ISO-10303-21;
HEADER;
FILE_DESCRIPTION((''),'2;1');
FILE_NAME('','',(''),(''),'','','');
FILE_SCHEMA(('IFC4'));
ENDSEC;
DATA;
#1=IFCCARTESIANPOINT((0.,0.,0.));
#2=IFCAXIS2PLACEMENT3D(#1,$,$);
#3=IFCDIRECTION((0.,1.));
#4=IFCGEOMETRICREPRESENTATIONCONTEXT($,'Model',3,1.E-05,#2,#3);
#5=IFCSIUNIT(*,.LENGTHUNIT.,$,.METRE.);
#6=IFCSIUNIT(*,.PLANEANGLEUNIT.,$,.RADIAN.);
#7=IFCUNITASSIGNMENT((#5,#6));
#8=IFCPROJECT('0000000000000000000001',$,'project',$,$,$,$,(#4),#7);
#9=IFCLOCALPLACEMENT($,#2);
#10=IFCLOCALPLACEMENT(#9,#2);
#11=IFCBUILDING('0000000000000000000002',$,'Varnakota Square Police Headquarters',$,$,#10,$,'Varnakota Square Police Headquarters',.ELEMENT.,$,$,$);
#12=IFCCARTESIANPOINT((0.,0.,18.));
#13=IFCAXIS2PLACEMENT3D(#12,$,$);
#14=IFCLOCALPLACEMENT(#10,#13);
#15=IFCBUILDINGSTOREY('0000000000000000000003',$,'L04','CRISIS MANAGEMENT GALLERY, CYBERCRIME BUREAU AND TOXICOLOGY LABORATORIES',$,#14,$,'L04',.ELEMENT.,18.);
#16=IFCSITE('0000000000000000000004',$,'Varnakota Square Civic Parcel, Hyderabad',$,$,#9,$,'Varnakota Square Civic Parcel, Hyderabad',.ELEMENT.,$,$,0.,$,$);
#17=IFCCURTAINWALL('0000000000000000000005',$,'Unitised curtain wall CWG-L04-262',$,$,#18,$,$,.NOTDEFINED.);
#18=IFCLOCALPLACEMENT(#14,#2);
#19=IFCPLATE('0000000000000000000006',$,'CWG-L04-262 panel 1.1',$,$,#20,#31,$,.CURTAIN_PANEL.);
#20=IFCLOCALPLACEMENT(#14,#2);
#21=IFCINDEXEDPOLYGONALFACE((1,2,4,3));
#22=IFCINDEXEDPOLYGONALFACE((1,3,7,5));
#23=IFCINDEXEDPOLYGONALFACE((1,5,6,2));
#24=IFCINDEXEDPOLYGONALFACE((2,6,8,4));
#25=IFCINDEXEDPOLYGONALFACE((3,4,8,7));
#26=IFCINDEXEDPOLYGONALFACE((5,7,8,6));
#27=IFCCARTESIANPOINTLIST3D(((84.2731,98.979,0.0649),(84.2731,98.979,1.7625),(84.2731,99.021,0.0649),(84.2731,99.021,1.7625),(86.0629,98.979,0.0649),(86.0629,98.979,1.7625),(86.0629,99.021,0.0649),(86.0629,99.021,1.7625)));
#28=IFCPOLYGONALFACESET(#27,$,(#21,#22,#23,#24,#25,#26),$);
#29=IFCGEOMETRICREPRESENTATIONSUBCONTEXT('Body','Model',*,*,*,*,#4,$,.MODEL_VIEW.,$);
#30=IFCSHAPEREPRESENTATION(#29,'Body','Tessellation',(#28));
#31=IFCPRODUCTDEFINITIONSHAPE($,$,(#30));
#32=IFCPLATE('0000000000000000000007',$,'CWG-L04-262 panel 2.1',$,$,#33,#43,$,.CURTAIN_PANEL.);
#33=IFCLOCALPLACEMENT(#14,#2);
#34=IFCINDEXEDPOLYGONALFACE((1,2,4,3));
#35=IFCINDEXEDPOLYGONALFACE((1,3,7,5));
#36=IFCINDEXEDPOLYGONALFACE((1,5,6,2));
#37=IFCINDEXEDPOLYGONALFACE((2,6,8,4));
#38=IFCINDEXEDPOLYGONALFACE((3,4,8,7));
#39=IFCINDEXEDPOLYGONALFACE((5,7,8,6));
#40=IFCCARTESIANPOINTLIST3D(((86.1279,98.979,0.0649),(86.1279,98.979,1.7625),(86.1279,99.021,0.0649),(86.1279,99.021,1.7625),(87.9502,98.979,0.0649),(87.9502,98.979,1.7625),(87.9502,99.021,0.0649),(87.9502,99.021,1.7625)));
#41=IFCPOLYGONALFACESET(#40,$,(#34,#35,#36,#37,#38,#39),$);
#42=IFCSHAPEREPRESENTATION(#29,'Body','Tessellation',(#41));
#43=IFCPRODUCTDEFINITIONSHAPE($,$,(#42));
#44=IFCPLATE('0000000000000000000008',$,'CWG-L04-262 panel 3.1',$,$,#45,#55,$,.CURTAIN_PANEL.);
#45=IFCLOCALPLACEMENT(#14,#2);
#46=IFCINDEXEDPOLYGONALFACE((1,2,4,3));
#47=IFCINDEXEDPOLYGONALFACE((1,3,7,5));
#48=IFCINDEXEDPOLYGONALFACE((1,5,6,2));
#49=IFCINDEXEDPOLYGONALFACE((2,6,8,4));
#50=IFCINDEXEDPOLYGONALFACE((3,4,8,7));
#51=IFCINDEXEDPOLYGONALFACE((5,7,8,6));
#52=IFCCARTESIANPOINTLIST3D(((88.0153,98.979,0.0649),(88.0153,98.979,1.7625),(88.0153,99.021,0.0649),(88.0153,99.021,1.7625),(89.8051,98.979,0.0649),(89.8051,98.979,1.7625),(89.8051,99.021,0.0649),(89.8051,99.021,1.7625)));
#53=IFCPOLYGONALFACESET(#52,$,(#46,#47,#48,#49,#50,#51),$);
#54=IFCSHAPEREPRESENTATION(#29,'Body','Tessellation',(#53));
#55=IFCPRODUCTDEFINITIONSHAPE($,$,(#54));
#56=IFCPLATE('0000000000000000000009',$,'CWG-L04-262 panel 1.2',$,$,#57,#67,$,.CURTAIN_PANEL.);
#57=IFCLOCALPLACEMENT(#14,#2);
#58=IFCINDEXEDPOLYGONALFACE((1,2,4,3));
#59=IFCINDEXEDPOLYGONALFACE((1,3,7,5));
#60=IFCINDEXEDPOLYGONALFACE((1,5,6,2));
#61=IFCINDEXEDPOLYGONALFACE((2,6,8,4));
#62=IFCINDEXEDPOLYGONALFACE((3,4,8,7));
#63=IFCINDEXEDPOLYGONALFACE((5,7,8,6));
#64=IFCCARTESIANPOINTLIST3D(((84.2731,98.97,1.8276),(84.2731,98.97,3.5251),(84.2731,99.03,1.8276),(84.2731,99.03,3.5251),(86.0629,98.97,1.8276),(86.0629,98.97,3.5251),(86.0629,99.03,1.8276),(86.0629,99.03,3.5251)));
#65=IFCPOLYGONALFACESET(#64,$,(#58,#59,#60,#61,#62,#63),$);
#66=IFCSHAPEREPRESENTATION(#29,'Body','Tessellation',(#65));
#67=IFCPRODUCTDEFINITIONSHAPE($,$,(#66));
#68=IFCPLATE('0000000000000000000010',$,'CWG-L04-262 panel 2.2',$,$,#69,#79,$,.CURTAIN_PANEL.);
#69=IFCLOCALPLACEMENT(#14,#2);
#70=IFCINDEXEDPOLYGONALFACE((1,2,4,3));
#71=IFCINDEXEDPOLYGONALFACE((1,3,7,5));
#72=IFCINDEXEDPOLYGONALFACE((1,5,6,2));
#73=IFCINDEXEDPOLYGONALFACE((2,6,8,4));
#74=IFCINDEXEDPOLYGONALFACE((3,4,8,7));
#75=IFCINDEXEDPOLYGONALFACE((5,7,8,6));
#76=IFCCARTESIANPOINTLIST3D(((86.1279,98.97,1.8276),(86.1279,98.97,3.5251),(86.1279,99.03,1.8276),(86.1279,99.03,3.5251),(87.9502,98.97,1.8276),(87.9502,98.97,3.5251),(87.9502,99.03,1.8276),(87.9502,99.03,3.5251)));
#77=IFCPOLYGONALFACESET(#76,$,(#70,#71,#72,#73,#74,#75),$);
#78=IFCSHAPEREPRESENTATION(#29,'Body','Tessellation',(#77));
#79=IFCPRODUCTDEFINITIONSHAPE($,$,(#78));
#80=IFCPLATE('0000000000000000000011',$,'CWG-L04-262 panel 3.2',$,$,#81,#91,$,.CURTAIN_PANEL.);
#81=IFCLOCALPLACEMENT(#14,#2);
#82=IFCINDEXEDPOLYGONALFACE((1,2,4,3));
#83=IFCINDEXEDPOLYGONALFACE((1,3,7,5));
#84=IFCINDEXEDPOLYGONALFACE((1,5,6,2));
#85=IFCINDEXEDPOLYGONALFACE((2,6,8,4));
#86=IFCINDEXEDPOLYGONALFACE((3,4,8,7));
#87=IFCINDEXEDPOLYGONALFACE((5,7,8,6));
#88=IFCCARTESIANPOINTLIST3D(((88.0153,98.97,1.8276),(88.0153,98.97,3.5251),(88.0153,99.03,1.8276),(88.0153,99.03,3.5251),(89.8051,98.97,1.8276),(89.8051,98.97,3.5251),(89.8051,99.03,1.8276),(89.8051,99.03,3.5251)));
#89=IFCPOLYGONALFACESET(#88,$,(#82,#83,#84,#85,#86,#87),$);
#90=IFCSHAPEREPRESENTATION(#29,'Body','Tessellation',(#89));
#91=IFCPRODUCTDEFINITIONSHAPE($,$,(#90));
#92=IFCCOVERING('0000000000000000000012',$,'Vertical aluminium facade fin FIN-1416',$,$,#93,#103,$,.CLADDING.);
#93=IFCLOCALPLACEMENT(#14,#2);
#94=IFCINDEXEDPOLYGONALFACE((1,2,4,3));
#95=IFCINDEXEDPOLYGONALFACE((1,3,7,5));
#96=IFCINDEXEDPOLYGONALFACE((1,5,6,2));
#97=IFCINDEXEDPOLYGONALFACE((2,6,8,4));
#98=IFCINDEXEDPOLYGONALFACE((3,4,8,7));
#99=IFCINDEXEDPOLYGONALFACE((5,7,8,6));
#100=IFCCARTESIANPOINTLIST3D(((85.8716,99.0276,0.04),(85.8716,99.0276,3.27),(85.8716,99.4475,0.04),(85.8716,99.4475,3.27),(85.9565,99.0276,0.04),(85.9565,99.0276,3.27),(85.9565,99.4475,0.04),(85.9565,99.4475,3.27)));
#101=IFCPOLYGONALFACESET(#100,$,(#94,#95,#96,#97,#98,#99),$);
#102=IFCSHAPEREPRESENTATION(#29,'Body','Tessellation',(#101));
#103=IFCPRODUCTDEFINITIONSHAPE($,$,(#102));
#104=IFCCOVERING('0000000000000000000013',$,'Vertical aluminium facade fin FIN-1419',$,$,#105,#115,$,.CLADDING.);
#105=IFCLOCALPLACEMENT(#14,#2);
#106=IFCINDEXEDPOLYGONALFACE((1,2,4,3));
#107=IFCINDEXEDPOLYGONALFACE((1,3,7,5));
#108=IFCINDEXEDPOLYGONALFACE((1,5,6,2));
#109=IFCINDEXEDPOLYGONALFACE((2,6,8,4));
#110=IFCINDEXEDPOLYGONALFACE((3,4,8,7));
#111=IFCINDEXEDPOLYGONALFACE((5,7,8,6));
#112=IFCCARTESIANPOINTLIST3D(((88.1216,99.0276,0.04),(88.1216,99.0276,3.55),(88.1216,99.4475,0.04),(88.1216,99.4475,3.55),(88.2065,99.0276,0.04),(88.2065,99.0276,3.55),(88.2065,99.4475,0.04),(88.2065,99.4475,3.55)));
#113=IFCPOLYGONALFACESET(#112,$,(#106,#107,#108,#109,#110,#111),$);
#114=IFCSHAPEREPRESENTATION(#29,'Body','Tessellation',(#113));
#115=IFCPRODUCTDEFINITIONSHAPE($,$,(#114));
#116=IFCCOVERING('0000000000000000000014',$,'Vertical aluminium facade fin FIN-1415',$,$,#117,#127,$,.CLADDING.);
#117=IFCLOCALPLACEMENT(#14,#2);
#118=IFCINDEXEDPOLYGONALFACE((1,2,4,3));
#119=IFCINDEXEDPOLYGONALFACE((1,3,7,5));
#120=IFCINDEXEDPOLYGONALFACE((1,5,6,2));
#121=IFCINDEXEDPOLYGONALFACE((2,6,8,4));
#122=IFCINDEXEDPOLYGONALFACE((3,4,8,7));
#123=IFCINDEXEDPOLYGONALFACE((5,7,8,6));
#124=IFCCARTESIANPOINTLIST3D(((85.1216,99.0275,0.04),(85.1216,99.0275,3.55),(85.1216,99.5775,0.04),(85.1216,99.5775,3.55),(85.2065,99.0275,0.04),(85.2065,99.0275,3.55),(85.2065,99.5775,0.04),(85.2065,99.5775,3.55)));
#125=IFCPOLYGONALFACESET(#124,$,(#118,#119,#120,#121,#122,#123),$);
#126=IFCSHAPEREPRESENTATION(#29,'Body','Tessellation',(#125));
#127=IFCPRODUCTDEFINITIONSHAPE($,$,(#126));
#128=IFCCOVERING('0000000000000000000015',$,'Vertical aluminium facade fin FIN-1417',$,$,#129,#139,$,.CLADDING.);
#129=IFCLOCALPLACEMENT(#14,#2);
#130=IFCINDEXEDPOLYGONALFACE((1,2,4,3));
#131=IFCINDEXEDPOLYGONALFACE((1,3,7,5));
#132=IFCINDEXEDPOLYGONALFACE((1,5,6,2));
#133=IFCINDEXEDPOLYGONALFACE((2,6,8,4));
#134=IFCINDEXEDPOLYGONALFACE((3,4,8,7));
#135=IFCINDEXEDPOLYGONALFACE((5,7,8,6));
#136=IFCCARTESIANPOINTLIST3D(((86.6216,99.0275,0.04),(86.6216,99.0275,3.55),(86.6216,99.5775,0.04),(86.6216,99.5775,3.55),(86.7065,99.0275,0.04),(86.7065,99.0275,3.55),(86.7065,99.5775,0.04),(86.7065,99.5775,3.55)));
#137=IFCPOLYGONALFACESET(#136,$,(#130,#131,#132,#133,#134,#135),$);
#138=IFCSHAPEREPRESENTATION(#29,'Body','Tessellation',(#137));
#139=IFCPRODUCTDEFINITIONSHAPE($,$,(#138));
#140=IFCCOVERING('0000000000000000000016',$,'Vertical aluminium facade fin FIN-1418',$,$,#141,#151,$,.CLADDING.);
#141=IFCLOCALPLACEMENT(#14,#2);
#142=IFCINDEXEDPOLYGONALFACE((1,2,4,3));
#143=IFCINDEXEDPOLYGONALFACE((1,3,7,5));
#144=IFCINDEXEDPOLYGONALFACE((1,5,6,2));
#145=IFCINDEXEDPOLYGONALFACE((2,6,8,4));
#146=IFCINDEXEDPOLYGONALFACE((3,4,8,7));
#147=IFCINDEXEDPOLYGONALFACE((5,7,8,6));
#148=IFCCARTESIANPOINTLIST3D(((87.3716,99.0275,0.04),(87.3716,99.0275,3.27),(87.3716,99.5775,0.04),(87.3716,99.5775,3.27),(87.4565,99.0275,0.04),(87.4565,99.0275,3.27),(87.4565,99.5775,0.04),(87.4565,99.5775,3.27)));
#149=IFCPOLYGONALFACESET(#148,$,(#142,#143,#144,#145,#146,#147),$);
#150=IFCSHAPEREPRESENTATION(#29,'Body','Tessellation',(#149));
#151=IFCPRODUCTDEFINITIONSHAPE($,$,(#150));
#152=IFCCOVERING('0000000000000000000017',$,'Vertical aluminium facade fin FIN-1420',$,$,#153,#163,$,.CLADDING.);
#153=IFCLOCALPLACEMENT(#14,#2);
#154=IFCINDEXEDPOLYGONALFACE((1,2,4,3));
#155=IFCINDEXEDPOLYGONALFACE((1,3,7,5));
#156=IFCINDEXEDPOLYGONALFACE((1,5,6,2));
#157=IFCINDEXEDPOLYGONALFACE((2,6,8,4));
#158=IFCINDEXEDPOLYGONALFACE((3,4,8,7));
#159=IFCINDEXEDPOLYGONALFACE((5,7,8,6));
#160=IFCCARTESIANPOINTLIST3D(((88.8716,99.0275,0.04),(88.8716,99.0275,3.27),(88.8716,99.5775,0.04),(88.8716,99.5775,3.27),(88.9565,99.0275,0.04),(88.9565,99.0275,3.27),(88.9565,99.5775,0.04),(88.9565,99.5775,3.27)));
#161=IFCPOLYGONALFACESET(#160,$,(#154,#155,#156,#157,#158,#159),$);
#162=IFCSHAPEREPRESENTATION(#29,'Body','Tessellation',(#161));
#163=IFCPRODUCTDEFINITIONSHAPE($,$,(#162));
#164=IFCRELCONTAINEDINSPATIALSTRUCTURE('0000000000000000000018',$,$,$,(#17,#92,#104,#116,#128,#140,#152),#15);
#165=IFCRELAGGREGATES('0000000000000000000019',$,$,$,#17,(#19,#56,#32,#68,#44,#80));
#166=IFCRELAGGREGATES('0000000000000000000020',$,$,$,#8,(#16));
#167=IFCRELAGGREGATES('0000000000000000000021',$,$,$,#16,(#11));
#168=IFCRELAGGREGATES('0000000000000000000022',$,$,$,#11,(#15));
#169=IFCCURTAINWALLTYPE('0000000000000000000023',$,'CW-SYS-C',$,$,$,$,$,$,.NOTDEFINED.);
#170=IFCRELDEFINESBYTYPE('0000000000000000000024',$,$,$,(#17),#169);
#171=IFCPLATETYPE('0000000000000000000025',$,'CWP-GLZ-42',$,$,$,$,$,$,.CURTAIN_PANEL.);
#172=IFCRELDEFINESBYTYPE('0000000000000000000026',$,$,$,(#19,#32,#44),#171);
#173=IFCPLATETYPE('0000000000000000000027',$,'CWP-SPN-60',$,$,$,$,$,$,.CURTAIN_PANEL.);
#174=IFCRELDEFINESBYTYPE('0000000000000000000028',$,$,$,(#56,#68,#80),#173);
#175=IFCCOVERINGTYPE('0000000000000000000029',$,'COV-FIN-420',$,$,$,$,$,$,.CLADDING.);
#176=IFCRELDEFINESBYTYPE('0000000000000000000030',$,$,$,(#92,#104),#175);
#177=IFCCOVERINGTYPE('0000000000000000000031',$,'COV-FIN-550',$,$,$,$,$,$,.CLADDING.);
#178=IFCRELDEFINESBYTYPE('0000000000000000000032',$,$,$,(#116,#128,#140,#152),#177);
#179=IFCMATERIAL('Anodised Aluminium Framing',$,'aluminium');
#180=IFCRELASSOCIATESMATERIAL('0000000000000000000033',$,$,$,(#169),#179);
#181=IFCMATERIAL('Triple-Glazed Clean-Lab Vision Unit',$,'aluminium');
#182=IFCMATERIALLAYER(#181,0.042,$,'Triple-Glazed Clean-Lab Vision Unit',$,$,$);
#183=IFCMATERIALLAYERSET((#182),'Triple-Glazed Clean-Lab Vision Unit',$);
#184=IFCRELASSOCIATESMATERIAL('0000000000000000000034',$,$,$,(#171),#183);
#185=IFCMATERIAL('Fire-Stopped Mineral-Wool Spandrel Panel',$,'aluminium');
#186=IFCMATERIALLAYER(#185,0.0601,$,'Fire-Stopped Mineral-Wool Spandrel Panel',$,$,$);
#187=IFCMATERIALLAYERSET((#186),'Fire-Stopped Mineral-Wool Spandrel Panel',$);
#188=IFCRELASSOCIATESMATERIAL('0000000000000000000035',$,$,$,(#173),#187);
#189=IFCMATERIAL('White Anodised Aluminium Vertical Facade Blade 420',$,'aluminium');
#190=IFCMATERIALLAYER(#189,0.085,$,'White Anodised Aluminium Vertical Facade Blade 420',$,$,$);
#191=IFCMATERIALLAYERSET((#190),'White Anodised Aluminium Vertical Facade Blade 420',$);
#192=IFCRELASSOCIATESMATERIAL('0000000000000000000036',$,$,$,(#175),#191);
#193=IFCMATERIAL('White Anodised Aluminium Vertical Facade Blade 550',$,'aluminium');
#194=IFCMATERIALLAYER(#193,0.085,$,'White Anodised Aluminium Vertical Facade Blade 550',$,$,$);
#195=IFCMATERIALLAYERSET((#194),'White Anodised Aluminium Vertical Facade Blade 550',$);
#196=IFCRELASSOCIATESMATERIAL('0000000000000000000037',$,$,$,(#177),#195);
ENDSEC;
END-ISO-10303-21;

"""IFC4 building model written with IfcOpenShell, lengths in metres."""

from ifc_helpers import new_model, si_unit, direction, frame, origin, origin_2d, place, context, subcontext, project, spatial, rectangle, extrude, material, layer, layer_set, type_object, element, aggregate, save


model = new_model("IFC4")

# Units and contexts
model_context = context("Model", 3, precision=1e-05, world=origin(), true_north=direction((0.0, 1.0)))
body_context = subcontext(model_context, "Body", "Model", "MODEL_VIEW")
ifc_project = project(units=[si_unit("LENGTHUNIT", "METRE"), si_unit("PLANEANGLEUNIT", "RADIAN")], contexts=[model_context])

# Site, building, storey
site_placement = place(None, origin())
site = spatial("IfcSite", under=ifc_project, at=site_placement, Name="Varnakota Square Civic Parcel, Hyderabad", LongName="Varnakota Square Civic Parcel, Hyderabad", CompositionType="ELEMENT", RefElevation=0.0)
building_placement = place(site_placement, origin())
building = spatial("IfcBuilding", under=site, at=building_placement, Name="Varnakota Square Police Headquarters", LongName="Varnakota Square Police Headquarters", CompositionType="ELEMENT")
storey_placement = place(building_placement, frame((0.0, 0.0, 18.0)))
storey = spatial("IfcBuildingStorey", under=building, at=storey_placement, Name="L04", Description="CRISIS MANAGEMENT GALLERY, CYBERCRIME BUREAU AND TOXICOLOGY LABORATORIES", LongName="L04", CompositionType="ELEMENT", Elevation=18.0)

# Curtain wall, plates
ifc_material_1 = material(Name="Anodised Aluminium Framing", Category="aluminium")
curtain_wall_type = type_object("IfcCurtainWallType", Name="CW-SYS-C", PredefinedType="NOTDEFINED", material=ifc_material_1)
curtain_wall_placement = place(storey_placement, origin())
curtain_wall = element("IfcCurtainWall", 1, at=curtain_wall_placement, inside=storey, type_object=curtain_wall_type, Name="Unitised curtain wall CWG-L04-262", PredefinedType="NOTDEFINED")
ifc_material_2 = material(Name="Triple-Glazed Clean-Lab Vision Unit", Category="aluminium")
ifc_layer_1 = layer(ifc_material_2, 0.042, Name="Triple-Glazed Clean-Lab Vision Unit")
ifc_layer_set_1 = layer_set([ifc_layer_1], Name="Triple-Glazed Clean-Lab Vision Unit")
plate_type_1 = type_object("IfcPlateType", Name="CWP-GLZ-42", PredefinedType="CURTAIN_PANEL", material=ifc_layer_set_1)
plate_1_placement = place(storey_placement, frame((85.168, 99.0, 0.0649), z_axis=(0.0, 0.0, 1.0), x_axis=(1.0, 0.0, 0.0)))
plate_1 = element("IfcPlate", 2, at=plate_1_placement, type_object=plate_type_1, Name="CWG-L04-262 panel 1.1", PredefinedType="CURTAIN_PANEL", context=body_context, shape_type="SweptSolid", body=[
    extrude(rectangle(XDim=1.7898, YDim=0.042, at=origin_2d()), origin(), (0.0, 0.0, 1.0), 1.6975),
])
plate_2_placement = place(storey_placement, frame((87.0391, 99.0, 0.0649), z_axis=(0.0, 0.0, 1.0), x_axis=(1.0, 0.0, 0.0)))
plate_2 = element("IfcPlate", 3, at=plate_2_placement, type_object=plate_type_1, Name="CWG-L04-262 panel 2.1", PredefinedType="CURTAIN_PANEL", context=body_context, shape_type="SweptSolid", body=[
    extrude(rectangle(XDim=1.8223, YDim=0.042, at=origin_2d()), origin(), (0.0, 0.0, 1.0), 1.6975),
])
plate_3_placement = place(storey_placement, frame((88.9102, 99.0, 0.0649), z_axis=(0.0, 0.0, 1.0), x_axis=(1.0, 0.0, 0.0)))
plate_3 = element("IfcPlate", 4, at=plate_3_placement, type_object=plate_type_1, Name="CWG-L04-262 panel 3.1", PredefinedType="CURTAIN_PANEL", context=body_context, shape_type="SweptSolid", body=[
    extrude(rectangle(XDim=1.7898, YDim=0.042, at=origin_2d()), origin(), (0.0, 0.0, 1.0), 1.6975),
])
ifc_material_3 = material(Name="Fire-Stopped Mineral-Wool Spandrel Panel", Category="aluminium")
ifc_layer_2 = layer(ifc_material_3, 0.0601, Name="Fire-Stopped Mineral-Wool Spandrel Panel")
ifc_layer_set_2 = layer_set([ifc_layer_2], Name="Fire-Stopped Mineral-Wool Spandrel Panel")
plate_type_2 = type_object("IfcPlateType", Name="CWP-SPN-60", PredefinedType="CURTAIN_PANEL", material=ifc_layer_set_2)
plate_4_placement = place(storey_placement, frame((85.168, 99.0, 1.8276), z_axis=(0.0, 0.0, 1.0), x_axis=(1.0, 0.0, 0.0)))
plate_4 = element("IfcPlate", 5, at=plate_4_placement, type_object=plate_type_2, Name="CWG-L04-262 panel 1.2", PredefinedType="CURTAIN_PANEL", context=body_context, shape_type="SweptSolid", body=[
    extrude(rectangle(XDim=1.7898, YDim=0.0601, at=origin_2d()), origin(), (0.0, 0.0, 1.0), 1.6975),
])
plate_5_placement = place(storey_placement, frame((87.0391, 99.0, 1.8276), z_axis=(0.0, 0.0, 1.0), x_axis=(1.0, 0.0, 0.0)))
plate_5 = element("IfcPlate", 6, at=plate_5_placement, type_object=plate_type_2, Name="CWG-L04-262 panel 2.2", PredefinedType="CURTAIN_PANEL", context=body_context, shape_type="SweptSolid", body=[
    extrude(rectangle(XDim=1.8223, YDim=0.0601, at=origin_2d()), origin(), (0.0, 0.0, 1.0), 1.6975),
])
plate_6_placement = place(storey_placement, frame((88.9102, 99.0, 1.8276), z_axis=(0.0, 0.0, 1.0), x_axis=(1.0, 0.0, 0.0)))
plate_6 = element("IfcPlate", 7, at=plate_6_placement, type_object=plate_type_2, Name="CWG-L04-262 panel 3.2", PredefinedType="CURTAIN_PANEL", context=body_context, shape_type="SweptSolid", body=[
    extrude(rectangle(XDim=1.7898, YDim=0.0601, at=origin_2d()), origin(), (0.0, 0.0, 1.0), 1.6975),
])
aggregate(curtain_wall, [plate_1, plate_4, plate_2, plate_5, plate_3, plate_6])

# Coverings
ifc_material_4 = material(Name="White Anodised Aluminium Vertical Facade Blade 420", Category="aluminium")
ifc_layer_3 = layer(ifc_material_4, 0.085, Name="White Anodised Aluminium Vertical Facade Blade 420")
ifc_layer_set_3 = layer_set([ifc_layer_3], Name="White Anodised Aluminium Vertical Facade Blade 420")
covering_type_1 = type_object("IfcCoveringType", Name="COV-FIN-420", PredefinedType="CLADDING", material=ifc_layer_set_3)
covering_1_placement = place(storey_placement, frame((85.9141, 99.2375, 0.04), z_axis=(0.0, 0.0, 1.0), x_axis=(1.0, 0.0, 0.0)))
element("IfcCovering", 8, at=covering_1_placement, inside=storey, type_object=covering_type_1, Name="Vertical aluminium facade fin FIN-1416", PredefinedType="CLADDING", context=body_context, shape_type="SweptSolid", body=[
    extrude(rectangle(XDim=0.085, YDim=0.4199, at=origin_2d()), origin(), (0.0, 0.0, 1.0), 3.23),
])
covering_2_placement = place(storey_placement, frame((88.1641, 99.2375, 0.04), z_axis=(0.0, 0.0, 1.0), x_axis=(1.0, 0.0, 0.0)))
element("IfcCovering", 9, at=covering_2_placement, inside=storey, type_object=covering_type_1, Name="Vertical aluminium facade fin FIN-1419", PredefinedType="CLADDING", context=body_context, shape_type="SweptSolid", body=[
    extrude(rectangle(XDim=0.085, YDim=0.4199, at=origin_2d()), origin(), (0.0, 0.0, 1.0), 3.51),
])
ifc_material_5 = material(Name="White Anodised Aluminium Vertical Facade Blade 550", Category="aluminium")
ifc_layer_4 = layer(ifc_material_5, 0.085, Name="White Anodised Aluminium Vertical Facade Blade 550")
ifc_layer_set_4 = layer_set([ifc_layer_4], Name="White Anodised Aluminium Vertical Facade Blade 550")
covering_type_2 = type_object("IfcCoveringType", Name="COV-FIN-550", PredefinedType="CLADDING", material=ifc_layer_set_4)
for number, where, z_axis, x_axis, name in (
    (10, (85.1641, 99.3025, 0.04), (0.0, 0.0, 1.0), (1.0, 0.0, 0.0), "Vertical aluminium facade fin FIN-1415"),
    (11, (86.6641, 99.3025, 0.04), (0.0, 0.0, 1.0), (1.0, 0.0, 0.0), "Vertical aluminium facade fin FIN-1417"),
):
    element("IfcCovering", number, at=place(storey_placement, frame(where, z_axis=z_axis, x_axis=x_axis)), inside=storey, type_object=covering_type_2, Name=name, PredefinedType="CLADDING", context=body_context, shape_type="SweptSolid", body=[
        extrude(rectangle(XDim=0.085, YDim=0.55, at=origin_2d()), origin(), (0.0, 0.0, 1.0), 3.51),
    ])
for number, where, z_axis, x_axis, name in (
    (12, (87.4141, 99.3025, 0.04), (0.0, 0.0, 1.0), (1.0, 0.0, 0.0), "Vertical aluminium facade fin FIN-1418"),
    (13, (88.9141, 99.3025, 0.04), (0.0, 0.0, 1.0), (1.0, 0.0, 0.0), "Vertical aluminium facade fin FIN-1420"),
):
    element("IfcCovering", number, at=place(storey_placement, frame(where, z_axis=z_axis, x_axis=x_axis)), inside=storey, type_object=covering_type_2, Name=name, PredefinedType="CLADDING", context=body_context, shape_type="SweptSolid", body=[
        extrude(rectangle(XDim=0.085, YDim=0.55, at=origin_2d()), origin(), (0.0, 0.0, 1.0), 3.23),
    ])

save(model, "model.ifc")
